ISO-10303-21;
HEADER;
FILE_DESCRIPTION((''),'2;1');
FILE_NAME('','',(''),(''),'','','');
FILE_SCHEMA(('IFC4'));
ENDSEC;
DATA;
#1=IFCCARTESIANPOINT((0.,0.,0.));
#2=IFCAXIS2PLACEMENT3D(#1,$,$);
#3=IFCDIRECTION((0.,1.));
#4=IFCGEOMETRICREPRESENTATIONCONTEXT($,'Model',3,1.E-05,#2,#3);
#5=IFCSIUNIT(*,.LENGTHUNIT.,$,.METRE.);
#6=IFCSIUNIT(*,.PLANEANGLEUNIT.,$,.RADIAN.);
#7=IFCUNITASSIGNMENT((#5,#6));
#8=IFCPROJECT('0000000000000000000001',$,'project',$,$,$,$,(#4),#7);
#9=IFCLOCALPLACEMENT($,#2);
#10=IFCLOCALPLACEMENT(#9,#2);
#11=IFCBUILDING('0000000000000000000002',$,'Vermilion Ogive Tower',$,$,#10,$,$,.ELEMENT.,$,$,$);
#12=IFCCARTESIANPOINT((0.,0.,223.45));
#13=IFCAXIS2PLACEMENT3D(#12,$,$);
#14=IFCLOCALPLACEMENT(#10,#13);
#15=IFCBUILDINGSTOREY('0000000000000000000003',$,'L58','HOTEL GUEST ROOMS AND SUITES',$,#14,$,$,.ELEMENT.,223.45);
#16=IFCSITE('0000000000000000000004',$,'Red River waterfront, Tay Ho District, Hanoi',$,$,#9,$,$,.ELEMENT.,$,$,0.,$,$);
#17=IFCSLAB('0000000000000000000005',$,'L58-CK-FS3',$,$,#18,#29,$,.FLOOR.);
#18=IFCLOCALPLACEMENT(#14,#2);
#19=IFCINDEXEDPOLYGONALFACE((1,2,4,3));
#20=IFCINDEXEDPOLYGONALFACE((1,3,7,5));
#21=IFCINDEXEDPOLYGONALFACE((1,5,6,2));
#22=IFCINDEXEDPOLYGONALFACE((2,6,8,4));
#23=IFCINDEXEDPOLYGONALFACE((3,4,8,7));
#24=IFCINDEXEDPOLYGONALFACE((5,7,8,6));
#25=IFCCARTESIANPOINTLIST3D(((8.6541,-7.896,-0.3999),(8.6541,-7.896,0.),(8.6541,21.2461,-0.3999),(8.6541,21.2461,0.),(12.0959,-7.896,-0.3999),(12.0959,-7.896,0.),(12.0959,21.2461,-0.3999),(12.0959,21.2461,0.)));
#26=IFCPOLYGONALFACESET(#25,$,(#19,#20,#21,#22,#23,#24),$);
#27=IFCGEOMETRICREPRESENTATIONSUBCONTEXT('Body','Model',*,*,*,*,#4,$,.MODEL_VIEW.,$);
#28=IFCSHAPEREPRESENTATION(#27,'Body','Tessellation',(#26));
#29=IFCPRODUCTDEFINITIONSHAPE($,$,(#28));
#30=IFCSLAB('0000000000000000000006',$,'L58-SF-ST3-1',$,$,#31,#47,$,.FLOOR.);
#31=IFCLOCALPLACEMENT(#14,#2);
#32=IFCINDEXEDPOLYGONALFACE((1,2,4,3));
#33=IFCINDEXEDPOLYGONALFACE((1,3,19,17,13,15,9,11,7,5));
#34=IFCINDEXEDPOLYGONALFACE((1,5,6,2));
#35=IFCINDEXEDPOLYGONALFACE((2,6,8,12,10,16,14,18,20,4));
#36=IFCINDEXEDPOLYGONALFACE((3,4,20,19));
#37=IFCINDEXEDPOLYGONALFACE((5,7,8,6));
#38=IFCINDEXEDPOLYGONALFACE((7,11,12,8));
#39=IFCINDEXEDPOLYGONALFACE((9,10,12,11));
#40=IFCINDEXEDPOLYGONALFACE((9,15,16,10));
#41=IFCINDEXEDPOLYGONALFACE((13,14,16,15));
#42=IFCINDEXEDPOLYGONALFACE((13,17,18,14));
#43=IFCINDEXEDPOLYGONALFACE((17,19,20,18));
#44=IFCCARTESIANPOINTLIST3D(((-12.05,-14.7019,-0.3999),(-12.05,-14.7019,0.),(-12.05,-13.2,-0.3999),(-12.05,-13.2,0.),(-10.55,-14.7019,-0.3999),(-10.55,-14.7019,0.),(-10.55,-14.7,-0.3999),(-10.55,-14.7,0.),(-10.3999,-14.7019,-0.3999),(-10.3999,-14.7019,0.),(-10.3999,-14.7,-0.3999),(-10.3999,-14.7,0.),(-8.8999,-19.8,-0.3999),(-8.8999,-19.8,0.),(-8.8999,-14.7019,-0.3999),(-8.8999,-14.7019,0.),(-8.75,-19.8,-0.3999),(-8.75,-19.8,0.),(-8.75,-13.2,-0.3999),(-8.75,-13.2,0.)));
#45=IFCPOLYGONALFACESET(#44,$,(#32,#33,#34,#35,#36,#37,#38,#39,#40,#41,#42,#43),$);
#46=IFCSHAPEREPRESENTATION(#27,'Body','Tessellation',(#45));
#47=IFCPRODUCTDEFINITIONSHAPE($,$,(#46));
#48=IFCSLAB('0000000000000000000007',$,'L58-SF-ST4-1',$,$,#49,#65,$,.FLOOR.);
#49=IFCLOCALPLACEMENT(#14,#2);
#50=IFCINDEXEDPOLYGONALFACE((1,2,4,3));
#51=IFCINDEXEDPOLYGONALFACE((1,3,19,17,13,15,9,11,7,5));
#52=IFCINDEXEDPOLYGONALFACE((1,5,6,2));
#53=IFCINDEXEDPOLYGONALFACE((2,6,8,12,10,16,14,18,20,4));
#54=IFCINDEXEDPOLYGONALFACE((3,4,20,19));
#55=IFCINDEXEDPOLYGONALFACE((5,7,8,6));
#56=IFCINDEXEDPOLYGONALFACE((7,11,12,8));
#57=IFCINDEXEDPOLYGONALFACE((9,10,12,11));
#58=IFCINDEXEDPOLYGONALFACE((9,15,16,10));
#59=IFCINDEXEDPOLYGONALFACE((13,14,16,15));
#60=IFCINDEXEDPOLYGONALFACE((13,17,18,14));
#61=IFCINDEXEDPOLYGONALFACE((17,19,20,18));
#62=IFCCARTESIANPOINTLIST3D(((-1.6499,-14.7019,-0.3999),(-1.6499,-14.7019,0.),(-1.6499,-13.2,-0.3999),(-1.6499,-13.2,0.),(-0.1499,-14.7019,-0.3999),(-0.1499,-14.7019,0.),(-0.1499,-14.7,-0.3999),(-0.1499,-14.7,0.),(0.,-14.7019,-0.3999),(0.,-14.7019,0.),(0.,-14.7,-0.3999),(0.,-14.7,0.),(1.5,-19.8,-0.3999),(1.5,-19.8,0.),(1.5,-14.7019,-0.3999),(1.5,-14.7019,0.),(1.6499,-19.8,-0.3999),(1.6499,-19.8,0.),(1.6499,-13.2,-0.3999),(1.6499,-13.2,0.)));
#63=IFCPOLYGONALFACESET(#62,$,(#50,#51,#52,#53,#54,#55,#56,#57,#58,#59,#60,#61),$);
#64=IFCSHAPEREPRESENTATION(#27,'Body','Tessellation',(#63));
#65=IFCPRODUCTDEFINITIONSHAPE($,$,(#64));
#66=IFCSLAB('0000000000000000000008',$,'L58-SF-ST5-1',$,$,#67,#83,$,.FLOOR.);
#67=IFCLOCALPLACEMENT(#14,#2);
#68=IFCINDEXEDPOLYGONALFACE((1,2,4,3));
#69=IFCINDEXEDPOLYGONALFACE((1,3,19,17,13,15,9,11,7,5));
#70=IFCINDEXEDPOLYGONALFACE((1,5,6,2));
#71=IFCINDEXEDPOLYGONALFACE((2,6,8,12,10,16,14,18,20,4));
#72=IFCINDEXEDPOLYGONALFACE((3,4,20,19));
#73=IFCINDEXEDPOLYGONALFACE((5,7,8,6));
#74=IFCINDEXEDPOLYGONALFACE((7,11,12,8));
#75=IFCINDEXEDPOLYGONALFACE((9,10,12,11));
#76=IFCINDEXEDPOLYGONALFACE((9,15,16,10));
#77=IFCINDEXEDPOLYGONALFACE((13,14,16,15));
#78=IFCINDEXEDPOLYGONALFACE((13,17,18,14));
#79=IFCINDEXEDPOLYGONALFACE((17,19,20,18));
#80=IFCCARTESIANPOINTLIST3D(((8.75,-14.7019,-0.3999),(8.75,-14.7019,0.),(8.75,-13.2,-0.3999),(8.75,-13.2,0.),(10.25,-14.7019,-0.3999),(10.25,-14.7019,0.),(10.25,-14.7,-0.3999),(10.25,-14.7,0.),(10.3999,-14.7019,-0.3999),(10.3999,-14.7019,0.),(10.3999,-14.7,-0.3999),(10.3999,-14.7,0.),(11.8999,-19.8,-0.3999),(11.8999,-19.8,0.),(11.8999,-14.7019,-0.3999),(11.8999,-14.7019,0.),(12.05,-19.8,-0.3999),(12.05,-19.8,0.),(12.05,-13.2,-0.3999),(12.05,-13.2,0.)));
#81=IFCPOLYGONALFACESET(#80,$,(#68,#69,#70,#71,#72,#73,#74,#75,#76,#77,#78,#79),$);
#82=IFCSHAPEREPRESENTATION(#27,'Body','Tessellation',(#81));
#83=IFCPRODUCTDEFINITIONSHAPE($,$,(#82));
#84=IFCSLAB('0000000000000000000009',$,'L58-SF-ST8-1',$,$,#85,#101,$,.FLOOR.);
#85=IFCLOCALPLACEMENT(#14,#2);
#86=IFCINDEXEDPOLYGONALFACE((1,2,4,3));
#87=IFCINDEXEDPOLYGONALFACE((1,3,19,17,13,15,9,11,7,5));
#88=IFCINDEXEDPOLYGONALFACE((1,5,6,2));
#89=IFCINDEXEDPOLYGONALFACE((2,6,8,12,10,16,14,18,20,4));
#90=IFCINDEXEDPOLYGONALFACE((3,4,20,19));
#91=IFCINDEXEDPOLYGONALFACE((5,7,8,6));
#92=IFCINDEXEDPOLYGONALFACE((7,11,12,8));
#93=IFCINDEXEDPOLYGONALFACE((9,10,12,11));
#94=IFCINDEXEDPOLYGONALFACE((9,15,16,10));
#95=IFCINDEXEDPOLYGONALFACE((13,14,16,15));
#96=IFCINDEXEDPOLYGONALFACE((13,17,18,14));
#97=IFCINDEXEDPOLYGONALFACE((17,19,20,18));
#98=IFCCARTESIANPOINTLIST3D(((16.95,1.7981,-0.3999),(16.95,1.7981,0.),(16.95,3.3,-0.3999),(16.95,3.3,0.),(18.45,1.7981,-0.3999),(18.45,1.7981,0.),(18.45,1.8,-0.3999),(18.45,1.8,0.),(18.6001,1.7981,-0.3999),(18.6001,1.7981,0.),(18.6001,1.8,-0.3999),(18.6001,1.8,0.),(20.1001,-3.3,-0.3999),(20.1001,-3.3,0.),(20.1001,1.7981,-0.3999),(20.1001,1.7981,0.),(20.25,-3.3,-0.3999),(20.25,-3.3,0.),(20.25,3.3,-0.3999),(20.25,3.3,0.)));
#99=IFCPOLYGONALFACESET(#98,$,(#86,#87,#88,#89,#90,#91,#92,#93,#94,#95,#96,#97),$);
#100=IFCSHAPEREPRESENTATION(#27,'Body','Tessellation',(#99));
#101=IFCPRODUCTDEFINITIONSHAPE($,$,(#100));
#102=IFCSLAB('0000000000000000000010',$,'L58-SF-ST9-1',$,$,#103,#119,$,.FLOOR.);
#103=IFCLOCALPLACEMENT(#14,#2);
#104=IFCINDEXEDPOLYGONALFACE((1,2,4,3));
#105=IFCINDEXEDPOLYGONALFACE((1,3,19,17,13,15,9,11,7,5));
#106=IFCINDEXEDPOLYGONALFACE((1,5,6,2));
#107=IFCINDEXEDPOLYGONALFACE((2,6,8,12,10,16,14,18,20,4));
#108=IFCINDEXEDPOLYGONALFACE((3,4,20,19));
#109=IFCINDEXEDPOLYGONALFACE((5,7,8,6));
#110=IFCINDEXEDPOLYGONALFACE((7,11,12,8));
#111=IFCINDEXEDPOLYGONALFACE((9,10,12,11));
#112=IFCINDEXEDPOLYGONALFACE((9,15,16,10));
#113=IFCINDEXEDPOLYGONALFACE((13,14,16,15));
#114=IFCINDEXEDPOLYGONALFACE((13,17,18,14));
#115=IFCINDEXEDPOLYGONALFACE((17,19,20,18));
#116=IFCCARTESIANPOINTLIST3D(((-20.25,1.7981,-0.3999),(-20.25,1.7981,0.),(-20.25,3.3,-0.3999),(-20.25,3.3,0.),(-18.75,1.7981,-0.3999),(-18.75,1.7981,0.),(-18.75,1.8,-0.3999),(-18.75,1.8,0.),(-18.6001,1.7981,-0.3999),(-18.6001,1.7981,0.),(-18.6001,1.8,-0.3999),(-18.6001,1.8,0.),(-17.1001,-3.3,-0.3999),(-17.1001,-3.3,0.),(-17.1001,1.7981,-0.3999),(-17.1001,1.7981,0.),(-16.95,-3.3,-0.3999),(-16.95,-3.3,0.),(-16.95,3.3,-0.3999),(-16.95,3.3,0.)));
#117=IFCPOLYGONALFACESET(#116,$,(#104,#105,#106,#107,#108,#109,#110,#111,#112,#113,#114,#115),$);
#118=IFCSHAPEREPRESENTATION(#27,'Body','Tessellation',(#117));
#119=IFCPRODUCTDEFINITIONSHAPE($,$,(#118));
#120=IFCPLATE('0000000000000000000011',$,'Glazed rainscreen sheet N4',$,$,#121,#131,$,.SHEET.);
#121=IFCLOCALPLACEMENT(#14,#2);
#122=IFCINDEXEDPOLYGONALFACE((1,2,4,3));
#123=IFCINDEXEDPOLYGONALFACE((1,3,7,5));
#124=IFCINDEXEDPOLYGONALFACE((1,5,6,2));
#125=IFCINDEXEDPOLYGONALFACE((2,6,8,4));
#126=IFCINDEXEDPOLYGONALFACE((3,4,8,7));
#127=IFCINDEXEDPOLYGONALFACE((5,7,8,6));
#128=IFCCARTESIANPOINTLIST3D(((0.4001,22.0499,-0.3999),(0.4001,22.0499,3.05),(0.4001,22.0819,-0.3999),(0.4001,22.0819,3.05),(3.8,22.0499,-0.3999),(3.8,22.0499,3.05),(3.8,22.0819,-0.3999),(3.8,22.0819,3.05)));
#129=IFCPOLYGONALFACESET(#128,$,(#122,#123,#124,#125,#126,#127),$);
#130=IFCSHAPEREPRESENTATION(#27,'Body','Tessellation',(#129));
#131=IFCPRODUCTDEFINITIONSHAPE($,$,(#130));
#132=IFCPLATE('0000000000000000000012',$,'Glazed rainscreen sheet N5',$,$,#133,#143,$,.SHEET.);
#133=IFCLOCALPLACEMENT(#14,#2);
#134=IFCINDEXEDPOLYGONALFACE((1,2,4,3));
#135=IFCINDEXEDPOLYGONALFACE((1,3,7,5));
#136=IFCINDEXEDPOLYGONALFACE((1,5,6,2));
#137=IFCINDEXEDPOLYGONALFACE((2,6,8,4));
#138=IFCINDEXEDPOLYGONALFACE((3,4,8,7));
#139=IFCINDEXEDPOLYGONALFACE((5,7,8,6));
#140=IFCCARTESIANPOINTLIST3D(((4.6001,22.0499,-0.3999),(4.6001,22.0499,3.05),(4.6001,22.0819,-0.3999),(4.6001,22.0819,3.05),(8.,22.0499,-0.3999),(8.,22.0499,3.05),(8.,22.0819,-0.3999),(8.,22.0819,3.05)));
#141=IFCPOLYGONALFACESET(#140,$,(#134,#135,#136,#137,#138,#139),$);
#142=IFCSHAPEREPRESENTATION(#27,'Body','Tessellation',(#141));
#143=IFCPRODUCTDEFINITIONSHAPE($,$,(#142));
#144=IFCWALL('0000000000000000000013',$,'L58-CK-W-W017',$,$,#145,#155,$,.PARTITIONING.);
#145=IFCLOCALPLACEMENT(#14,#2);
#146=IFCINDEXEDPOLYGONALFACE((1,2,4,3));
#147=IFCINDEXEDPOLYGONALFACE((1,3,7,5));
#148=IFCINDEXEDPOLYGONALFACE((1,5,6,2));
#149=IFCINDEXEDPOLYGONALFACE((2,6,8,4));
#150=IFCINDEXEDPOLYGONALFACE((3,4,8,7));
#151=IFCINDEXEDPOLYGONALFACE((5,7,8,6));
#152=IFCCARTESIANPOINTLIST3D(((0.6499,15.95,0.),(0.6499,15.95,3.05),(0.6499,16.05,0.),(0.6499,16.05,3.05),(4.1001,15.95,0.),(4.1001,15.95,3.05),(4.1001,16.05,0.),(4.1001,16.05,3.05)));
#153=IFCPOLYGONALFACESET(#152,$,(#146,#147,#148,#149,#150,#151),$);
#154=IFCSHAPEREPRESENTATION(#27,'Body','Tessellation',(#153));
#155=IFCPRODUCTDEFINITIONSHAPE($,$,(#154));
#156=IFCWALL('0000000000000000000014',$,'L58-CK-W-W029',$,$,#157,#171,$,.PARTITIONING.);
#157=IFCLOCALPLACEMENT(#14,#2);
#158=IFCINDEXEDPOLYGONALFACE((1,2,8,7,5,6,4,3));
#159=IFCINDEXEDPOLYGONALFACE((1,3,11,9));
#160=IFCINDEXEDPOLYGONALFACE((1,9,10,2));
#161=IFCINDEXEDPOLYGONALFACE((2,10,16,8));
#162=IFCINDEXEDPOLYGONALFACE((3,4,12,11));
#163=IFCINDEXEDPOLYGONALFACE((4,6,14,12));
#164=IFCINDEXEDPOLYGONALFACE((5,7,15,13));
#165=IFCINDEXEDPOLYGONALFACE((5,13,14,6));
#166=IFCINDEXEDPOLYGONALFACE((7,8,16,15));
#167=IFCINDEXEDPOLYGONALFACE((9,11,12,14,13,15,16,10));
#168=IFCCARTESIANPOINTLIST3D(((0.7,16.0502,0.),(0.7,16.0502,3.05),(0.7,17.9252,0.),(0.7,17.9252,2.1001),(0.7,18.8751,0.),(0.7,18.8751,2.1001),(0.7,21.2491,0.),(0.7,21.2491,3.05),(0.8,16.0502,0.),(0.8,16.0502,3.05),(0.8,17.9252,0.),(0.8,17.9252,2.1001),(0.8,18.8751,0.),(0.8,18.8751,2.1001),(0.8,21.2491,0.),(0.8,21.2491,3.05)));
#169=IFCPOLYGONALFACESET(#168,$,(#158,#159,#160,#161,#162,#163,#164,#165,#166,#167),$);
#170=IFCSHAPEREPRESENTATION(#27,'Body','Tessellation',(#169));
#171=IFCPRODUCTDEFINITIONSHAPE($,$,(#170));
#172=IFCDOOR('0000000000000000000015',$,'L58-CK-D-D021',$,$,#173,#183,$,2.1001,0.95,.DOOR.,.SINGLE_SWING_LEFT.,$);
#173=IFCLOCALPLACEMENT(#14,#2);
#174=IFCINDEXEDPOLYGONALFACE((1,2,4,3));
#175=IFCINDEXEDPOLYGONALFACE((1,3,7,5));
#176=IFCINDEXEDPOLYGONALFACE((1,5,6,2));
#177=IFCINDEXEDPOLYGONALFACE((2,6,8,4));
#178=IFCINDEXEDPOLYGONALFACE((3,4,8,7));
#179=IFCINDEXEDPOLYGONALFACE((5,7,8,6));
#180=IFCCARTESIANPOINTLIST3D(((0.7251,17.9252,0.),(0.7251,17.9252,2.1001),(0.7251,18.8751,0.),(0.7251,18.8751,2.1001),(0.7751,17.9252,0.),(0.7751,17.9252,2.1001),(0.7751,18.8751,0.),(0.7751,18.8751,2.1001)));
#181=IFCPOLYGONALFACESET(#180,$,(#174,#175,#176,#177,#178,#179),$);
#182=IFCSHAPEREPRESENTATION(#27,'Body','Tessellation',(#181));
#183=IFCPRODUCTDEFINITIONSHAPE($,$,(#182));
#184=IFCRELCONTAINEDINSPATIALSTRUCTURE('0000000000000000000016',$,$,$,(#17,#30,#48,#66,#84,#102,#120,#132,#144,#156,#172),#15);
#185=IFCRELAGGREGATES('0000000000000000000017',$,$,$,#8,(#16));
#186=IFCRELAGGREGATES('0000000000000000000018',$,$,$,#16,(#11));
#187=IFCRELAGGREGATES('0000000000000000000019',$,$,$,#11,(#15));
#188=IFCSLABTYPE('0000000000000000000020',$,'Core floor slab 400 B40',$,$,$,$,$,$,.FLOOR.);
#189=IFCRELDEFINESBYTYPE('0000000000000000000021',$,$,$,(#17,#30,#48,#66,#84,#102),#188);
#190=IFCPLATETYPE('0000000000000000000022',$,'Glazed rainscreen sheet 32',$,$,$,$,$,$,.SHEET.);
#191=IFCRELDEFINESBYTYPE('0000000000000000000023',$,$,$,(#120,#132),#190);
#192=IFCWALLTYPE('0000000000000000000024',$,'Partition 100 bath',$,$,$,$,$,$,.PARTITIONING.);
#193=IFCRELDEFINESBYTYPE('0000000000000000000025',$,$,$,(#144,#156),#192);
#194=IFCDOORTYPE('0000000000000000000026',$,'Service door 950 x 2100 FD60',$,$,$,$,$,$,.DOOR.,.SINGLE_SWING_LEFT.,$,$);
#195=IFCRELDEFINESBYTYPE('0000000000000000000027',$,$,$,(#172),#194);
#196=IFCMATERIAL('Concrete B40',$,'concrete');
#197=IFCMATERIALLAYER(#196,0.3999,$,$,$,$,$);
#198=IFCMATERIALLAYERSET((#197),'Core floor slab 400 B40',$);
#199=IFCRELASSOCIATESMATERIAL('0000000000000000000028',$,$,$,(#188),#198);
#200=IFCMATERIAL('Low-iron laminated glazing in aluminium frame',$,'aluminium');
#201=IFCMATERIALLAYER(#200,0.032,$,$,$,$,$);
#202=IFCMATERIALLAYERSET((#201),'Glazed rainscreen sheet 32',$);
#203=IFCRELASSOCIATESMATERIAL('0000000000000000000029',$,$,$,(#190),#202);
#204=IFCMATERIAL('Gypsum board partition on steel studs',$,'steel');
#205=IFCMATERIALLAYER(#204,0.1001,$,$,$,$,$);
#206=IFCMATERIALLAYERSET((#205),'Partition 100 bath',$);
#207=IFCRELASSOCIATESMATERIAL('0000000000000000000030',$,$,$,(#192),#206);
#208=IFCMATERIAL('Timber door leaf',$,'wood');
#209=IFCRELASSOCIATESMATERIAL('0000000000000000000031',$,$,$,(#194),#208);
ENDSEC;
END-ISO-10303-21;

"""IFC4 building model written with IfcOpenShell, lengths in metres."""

from ifc_helpers import new_model, si_unit, direction, frame, frame_2d, origin, origin_2d, place, context, subcontext, project, spatial, polyline, rectangle, outline, extrude, material, layer, layer_set, type_object, element, fill, save


model = new_model("IFC4")

# Units and contexts
model_context = context("Model", 3, precision=1e-05, world=origin(), true_north=direction((0.0, 1.0)))
body_context = subcontext(model_context, "Body", "Model", "MODEL_VIEW")
ifc_project = project(units=[si_unit("LENGTHUNIT", "METRE"), si_unit("PLANEANGLEUNIT", "RADIAN")], contexts=[model_context])

# Site, building, storey
site_placement = place(None, origin())
site = spatial("IfcSite", under=ifc_project, at=site_placement, Name="Red River waterfront, Tay Ho District, Hanoi", CompositionType="ELEMENT", RefElevation=0.0)
building_placement = place(site_placement, origin())
building = spatial("IfcBuilding", under=site, at=building_placement, Name="Vermilion Ogive Tower", CompositionType="ELEMENT")
storey_placement = place(building_placement, frame((0.0, 0.0, 223.45)))
storey = spatial("IfcBuildingStorey", under=building, at=storey_placement, Name="L58", Description="HOTEL GUEST ROOMS AND SUITES", CompositionType="ELEMENT", Elevation=223.45)

# Slabs
ifc_material_1 = material(Name="Concrete B40", Category="concrete")
ifc_layer_1 = layer(ifc_material_1, 0.3999)
ifc_layer_set_1 = layer_set([ifc_layer_1], Name="Core floor slab 400 B40")
slab_type = type_object("IfcSlabType", Name="Core floor slab 400 B40", PredefinedType="FLOOR", material=ifc_layer_set_1)
slab_1_placement = place(storey_placement, frame((0.0, 0.0, -0.3999)))
element("IfcSlab", 1, at=slab_1_placement, inside=storey, type_object=slab_type, Name="L58-CK-FS3", PredefinedType="FLOOR", context=body_context, shape_type="SweptSolid", body=[
    extrude(outline(polyline([(8.6541, 21.2461), (12.0959, 21.2461), (12.0959, -7.896), (8.6541, -7.896), (8.6541, 21.2461)])), origin(), (0.0, 0.0, 1.0), 0.3999),
])
slab_2_placement = place(storey_placement, frame((0.0, 0.0, -0.3999)))
element("IfcSlab", 2, at=slab_2_placement, inside=storey, type_object=slab_type, Name="L58-SF-ST3-1", PredefinedType="FLOOR", context=body_context, shape_type="SweptSolid", body=[
    extrude(outline(polyline([(-12.05, -13.2), (-12.05, -14.7019), (-10.55, -14.7019), (-10.55, -14.7), (-10.3999, -14.7), (-10.3999, -14.7019), (-8.8999, -14.7019), (-8.8999, -19.8), (-8.75, -19.8), (-8.75, -13.2), (-12.05, -13.2)])), origin(), (0.0, 0.0, 1.0), 0.3999),
])
slab_3_placement = place(storey_placement, frame((0.0, 0.0, -0.3999)))
element("IfcSlab", 3, at=slab_3_placement, inside=storey, type_object=slab_type, Name="L58-SF-ST4-1", PredefinedType="FLOOR", context=body_context, shape_type="SweptSolid", body=[
    extrude(outline(polyline([(-1.6499, -13.2), (-1.6499, -14.7019), (-0.1499, -14.7019), (-0.1499, -14.7), (0.0, -14.7), (0.0, -14.7019), (1.5, -14.7019), (1.5, -19.8), (1.6499, -19.8), (1.6499, -13.2), (-1.6499, -13.2)])), origin(), (0.0, 0.0, 1.0), 0.3999),
])
slab_4_placement = place(storey_placement, frame((0.0, 0.0, -0.3999)))
element("IfcSlab", 4, at=slab_4_placement, inside=storey, type_object=slab_type, Name="L58-SF-ST5-1", PredefinedType="FLOOR", context=body_context, shape_type="SweptSolid", body=[
    extrude(outline(polyline([(8.75, -13.2), (8.75, -14.7019), (10.25, -14.7019), (10.25, -14.7), (10.3999, -14.7), (10.3999, -14.7019), (11.8999, -14.7019), (11.8999, -19.8), (12.05, -19.8), (12.05, -13.2), (8.75, -13.2)])), origin(), (0.0, 0.0, 1.0), 0.3999),
])
slab_5_placement = place(storey_placement, frame((0.0, 0.0, -0.3999)))
element("IfcSlab", 5, at=slab_5_placement, inside=storey, type_object=slab_type, Name="L58-SF-ST8-1", PredefinedType="FLOOR", context=body_context, shape_type="SweptSolid", body=[
    extrude(outline(polyline([(16.95, 3.3), (16.95, 1.7981), (18.45, 1.7981), (18.45, 1.8), (18.6001, 1.8), (18.6001, 1.7981), (20.1001, 1.7981), (20.1001, -3.3), (20.25, -3.3), (20.25, 3.3), (16.95, 3.3)])), origin(), (0.0, 0.0, 1.0), 0.3999),
])
slab_6_placement = place(storey_placement, frame((0.0, 0.0, -0.3999)))
element("IfcSlab", 6, at=slab_6_placement, inside=storey, type_object=slab_type, Name="L58-SF-ST9-1", PredefinedType="FLOOR", context=body_context, shape_type="SweptSolid", body=[
    extrude(outline(polyline([(-20.25, 3.3), (-20.25, 1.7981), (-18.75, 1.7981), (-18.75, 1.8), (-18.6001, 1.8), (-18.6001, 1.7981), (-17.1001, 1.7981), (-17.1001, -3.3), (-16.95, -3.3), (-16.95, 3.3), (-20.25, 3.3)])), origin(), (0.0, 0.0, 1.0), 0.3999),
])

# Plates
ifc_material_2 = material(Name="Low-iron laminated glazing in aluminium frame", Category="aluminium")
ifc_layer_2 = layer(ifc_material_2, 0.032)
ifc_layer_set_2 = layer_set([ifc_layer_2], Name="Glazed rainscreen sheet 32")
plate_type = type_object("IfcPlateType", Name="Glazed rainscreen sheet 32", PredefinedType="SHEET", material=ifc_layer_set_2)
for number, where, z_axis, x_axis, name in (
    (7, (2.1001, 22.0659, -0.3999), (0.0, 0.0, 1.0), (1.0, 0.0, 0.0), "Glazed rainscreen sheet N4"),
    (8, (6.3, 22.0659, -0.3999), (0.0, 0.0, 1.0), (1.0, 0.0, 0.0), "Glazed rainscreen sheet N5"),
):
    element("IfcPlate", number, at=place(storey_placement, frame(where, z_axis=z_axis, x_axis=x_axis)), inside=storey, type_object=plate_type, Name=name, PredefinedType="SHEET", context=body_context, shape_type="SweptSolid", body=[
        extrude(rectangle(XDim=3.3999, YDim=0.032, at=origin_2d()), origin(), (0.0, 0.0, 1.0), 3.45),
    ])

# Wall
ifc_material_3 = material(Name="Gypsum board partition on steel studs", Category="steel")
ifc_layer_3 = layer(ifc_material_3, 0.1001)
ifc_layer_set_3 = layer_set([ifc_layer_3], Name="Partition 100 bath")
wall_type_1 = type_object("IfcWallType", Name="Partition 100 bath", PredefinedType="PARTITIONING", material=ifc_layer_set_3)
wall_1_placement = place(storey_placement, frame((0.6499, 16.0, 0.0), z_axis=(0.0, 0.0, 1.0), x_axis=(1.0, 0.0, 0.0)))
element("IfcWall", 9, at=wall_1_placement, inside=storey, type_object=wall_type_1, Name="L58-CK-W-W017", PredefinedType="PARTITIONING", context=body_context, shape_type="SweptSolid", body=[
    extrude(rectangle(XDim=3.4502, YDim=0.1001, at=frame_2d((1.7251, 0.0))), origin(), (0.0, 0.0, 1.0), 3.05),
])

# Wall, opening, door
wall_2_placement = place(storey_placement, frame((0.75, 16.05, 0.0), z_axis=(0.0, 0.0, 1.0), x_axis=(0.0, 1.0, 0.0)))
wall_2 = element("IfcWall", 10, at=wall_2_placement, inside=storey, type_object=wall_type_1, Name="L58-CK-W-W029", PredefinedType="PARTITIONING", context=body_context, shape_type="SweptSolid", body=[
    extrude(rectangle(XDim=5.199, YDim=0.1001, at=frame_2d((2.5996, 0.0))), origin(), (0.0, 0.0, 1.0), 3.05),
])
opening_1_placement = place(wall_2_placement, frame((1.875, 0.0, 0.0)))
opening_1 = element("IfcOpeningElement", 11, at=opening_1_placement, cuts=wall_2, PredefinedType="OPENING", context=body_context, shape_type="SweptSolid", body=[
    extrude(rectangle(XDim=0.95, YDim=2.1001, at=frame_2d((0.4751, 1.05))), frame((0.0, 0.0601, 0.0), z_axis=(0.0, -1.0, 0.0), x_axis=(1.0, 0.0, 0.0)), (0.0, 0.0, 1.0), 0.1201),
])
ifc_material_4 = material(Name="Timber door leaf", Category="wood")
door_type_1 = type_object("IfcDoorType", Name="Service door 950 x 2100 FD60", OperationType="SINGLE_SWING_LEFT", PredefinedType="DOOR", material=ifc_material_4)
door_1_placement = place(opening_1_placement, origin())
door_1 = element("IfcDoor", 12, at=door_1_placement, inside=storey, type_object=door_type_1, Name="L58-CK-D-D021", OperationType="SINGLE_SWING_LEFT", OverallHeight=2.1001, OverallWidth=0.95, PredefinedType="DOOR", context=body_context, shape_type="SweptSolid", body=[
    extrude(rectangle(XDim=0.95, YDim=2.1001, at=frame_2d((0.4751, 1.05))), frame((0.0, 0.0249, 0.0), z_axis=(0.0, -1.0, 0.0), x_axis=(1.0, 0.0, 0.0)), (0.0, 0.0, 1.0), 0.05),
])
fill(opening_1, door_1)

save(model, "model.ifc")
